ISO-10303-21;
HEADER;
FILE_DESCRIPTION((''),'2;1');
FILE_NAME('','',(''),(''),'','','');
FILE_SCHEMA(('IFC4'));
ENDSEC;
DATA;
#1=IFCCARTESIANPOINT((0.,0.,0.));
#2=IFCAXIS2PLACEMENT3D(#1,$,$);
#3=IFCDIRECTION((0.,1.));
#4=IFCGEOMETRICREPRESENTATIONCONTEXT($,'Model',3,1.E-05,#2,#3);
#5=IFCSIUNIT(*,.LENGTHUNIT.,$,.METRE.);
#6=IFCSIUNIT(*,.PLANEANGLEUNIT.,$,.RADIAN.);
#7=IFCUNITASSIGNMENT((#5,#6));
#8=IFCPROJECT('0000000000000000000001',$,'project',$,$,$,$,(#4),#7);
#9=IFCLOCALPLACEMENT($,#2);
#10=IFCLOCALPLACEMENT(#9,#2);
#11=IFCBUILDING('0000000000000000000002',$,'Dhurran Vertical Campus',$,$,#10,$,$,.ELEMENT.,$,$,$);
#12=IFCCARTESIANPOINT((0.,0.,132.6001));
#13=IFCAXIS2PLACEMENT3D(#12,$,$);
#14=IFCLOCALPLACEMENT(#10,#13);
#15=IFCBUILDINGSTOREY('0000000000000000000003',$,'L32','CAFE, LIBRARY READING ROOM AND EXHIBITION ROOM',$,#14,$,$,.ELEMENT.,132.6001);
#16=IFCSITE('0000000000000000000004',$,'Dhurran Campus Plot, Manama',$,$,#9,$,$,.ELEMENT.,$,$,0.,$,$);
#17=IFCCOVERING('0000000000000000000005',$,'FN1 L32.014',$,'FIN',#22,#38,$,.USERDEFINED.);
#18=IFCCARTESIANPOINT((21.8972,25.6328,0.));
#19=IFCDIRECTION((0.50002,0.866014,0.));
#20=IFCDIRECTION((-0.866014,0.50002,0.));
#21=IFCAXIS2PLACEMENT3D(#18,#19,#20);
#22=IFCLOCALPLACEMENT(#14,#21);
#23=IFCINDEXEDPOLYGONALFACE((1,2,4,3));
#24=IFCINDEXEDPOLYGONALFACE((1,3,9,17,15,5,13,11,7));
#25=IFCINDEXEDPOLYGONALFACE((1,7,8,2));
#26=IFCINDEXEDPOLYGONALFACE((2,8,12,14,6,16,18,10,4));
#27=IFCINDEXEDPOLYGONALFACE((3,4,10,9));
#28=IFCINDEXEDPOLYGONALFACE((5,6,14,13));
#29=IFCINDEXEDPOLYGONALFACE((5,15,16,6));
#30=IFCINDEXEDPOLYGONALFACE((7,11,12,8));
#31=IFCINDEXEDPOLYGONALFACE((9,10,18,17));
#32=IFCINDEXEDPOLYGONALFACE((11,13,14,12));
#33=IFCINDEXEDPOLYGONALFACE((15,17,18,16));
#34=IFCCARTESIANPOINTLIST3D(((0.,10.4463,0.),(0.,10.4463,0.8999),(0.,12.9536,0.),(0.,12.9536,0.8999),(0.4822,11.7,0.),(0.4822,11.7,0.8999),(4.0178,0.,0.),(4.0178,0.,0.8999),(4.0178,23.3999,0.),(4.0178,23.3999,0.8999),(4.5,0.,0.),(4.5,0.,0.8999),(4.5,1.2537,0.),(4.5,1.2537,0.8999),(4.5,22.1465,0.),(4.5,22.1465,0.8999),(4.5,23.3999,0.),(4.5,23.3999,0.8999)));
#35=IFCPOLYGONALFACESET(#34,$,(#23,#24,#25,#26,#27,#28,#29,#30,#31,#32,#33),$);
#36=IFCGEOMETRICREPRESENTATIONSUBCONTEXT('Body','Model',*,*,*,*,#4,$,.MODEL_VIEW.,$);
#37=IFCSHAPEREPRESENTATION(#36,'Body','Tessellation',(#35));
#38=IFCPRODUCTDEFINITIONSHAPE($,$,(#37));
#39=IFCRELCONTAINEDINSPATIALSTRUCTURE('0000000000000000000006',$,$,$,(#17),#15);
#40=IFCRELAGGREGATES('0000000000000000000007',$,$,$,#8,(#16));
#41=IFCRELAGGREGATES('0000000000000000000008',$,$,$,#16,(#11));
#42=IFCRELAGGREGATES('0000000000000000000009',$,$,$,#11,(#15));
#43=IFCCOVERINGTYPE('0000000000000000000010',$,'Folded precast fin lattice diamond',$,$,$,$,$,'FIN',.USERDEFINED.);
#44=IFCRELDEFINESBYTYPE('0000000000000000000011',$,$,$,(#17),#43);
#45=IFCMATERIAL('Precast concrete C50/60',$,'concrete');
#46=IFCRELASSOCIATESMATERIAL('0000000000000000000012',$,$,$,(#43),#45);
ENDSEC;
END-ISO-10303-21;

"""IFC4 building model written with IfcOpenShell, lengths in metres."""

from ifc_helpers import new_model, si_unit, direction, frame, origin, place, context, subcontext, project, spatial, polyline, outline, extrude, material, type_object, element, save


model = new_model("IFC4")

# Units and contexts
model_context = context("Model", 3, precision=1e-05, world=origin(), true_north=direction((0.0, 1.0)))
body_context = subcontext(model_context, "Body", "Model", "MODEL_VIEW")
ifc_project = project(units=[si_unit("LENGTHUNIT", "METRE"), si_unit("PLANEANGLEUNIT", "RADIAN")], contexts=[model_context])

# Site, building, storey
site_placement = place(None, origin())
site = spatial("IfcSite", under=ifc_project, at=site_placement, Name="Dhurran Campus Plot, Manama", CompositionType="ELEMENT", RefElevation=0.0)
building_placement = place(site_placement, origin())
building = spatial("IfcBuilding", under=site, at=building_placement, Name="Dhurran Vertical Campus", CompositionType="ELEMENT")
storey_placement = place(building_placement, frame((0.0, 0.0, 132.6001)))
storey = spatial("IfcBuildingStorey", under=building, at=storey_placement, Name="L32", Description="CAFE, LIBRARY READING ROOM AND EXHIBITION ROOM", CompositionType="ELEMENT", Elevation=132.6001)

# Covering
ifc_material_1 = material(Name="Precast concrete C50/60", Category="concrete")
covering_type = type_object("IfcCoveringType", Name="Folded precast fin lattice diamond", ElementType="FIN", PredefinedType="USERDEFINED", material=ifc_material_1)
covering_1_placement = place(storey_placement, frame((21.8972, 25.6328, 0.0), z_axis=(0.50002, 0.866014, 0.0), x_axis=(-0.866014, 0.50002, 0.0)))
element("IfcCovering", 1, at=covering_1_placement, inside=storey, type_object=covering_type, Name="FN1 L32.014", ObjectType="FIN", PredefinedType="USERDEFINED", context=body_context, shape_type="SweptSolid", body=[
    extrude(outline(polyline([(4.0178, 0.0), (0.0, 10.4463), (0.0, 12.9536), (4.0178, 23.3999), (4.5, 23.3999), (4.5, 22.1465), (0.4822, 11.7), (4.5, 1.2537), (4.5, 0.0), (4.0178, 0.0)])), origin(), (0.0, 0.0, 1.0), 0.8999),
])

save(model, "model.ifc")
